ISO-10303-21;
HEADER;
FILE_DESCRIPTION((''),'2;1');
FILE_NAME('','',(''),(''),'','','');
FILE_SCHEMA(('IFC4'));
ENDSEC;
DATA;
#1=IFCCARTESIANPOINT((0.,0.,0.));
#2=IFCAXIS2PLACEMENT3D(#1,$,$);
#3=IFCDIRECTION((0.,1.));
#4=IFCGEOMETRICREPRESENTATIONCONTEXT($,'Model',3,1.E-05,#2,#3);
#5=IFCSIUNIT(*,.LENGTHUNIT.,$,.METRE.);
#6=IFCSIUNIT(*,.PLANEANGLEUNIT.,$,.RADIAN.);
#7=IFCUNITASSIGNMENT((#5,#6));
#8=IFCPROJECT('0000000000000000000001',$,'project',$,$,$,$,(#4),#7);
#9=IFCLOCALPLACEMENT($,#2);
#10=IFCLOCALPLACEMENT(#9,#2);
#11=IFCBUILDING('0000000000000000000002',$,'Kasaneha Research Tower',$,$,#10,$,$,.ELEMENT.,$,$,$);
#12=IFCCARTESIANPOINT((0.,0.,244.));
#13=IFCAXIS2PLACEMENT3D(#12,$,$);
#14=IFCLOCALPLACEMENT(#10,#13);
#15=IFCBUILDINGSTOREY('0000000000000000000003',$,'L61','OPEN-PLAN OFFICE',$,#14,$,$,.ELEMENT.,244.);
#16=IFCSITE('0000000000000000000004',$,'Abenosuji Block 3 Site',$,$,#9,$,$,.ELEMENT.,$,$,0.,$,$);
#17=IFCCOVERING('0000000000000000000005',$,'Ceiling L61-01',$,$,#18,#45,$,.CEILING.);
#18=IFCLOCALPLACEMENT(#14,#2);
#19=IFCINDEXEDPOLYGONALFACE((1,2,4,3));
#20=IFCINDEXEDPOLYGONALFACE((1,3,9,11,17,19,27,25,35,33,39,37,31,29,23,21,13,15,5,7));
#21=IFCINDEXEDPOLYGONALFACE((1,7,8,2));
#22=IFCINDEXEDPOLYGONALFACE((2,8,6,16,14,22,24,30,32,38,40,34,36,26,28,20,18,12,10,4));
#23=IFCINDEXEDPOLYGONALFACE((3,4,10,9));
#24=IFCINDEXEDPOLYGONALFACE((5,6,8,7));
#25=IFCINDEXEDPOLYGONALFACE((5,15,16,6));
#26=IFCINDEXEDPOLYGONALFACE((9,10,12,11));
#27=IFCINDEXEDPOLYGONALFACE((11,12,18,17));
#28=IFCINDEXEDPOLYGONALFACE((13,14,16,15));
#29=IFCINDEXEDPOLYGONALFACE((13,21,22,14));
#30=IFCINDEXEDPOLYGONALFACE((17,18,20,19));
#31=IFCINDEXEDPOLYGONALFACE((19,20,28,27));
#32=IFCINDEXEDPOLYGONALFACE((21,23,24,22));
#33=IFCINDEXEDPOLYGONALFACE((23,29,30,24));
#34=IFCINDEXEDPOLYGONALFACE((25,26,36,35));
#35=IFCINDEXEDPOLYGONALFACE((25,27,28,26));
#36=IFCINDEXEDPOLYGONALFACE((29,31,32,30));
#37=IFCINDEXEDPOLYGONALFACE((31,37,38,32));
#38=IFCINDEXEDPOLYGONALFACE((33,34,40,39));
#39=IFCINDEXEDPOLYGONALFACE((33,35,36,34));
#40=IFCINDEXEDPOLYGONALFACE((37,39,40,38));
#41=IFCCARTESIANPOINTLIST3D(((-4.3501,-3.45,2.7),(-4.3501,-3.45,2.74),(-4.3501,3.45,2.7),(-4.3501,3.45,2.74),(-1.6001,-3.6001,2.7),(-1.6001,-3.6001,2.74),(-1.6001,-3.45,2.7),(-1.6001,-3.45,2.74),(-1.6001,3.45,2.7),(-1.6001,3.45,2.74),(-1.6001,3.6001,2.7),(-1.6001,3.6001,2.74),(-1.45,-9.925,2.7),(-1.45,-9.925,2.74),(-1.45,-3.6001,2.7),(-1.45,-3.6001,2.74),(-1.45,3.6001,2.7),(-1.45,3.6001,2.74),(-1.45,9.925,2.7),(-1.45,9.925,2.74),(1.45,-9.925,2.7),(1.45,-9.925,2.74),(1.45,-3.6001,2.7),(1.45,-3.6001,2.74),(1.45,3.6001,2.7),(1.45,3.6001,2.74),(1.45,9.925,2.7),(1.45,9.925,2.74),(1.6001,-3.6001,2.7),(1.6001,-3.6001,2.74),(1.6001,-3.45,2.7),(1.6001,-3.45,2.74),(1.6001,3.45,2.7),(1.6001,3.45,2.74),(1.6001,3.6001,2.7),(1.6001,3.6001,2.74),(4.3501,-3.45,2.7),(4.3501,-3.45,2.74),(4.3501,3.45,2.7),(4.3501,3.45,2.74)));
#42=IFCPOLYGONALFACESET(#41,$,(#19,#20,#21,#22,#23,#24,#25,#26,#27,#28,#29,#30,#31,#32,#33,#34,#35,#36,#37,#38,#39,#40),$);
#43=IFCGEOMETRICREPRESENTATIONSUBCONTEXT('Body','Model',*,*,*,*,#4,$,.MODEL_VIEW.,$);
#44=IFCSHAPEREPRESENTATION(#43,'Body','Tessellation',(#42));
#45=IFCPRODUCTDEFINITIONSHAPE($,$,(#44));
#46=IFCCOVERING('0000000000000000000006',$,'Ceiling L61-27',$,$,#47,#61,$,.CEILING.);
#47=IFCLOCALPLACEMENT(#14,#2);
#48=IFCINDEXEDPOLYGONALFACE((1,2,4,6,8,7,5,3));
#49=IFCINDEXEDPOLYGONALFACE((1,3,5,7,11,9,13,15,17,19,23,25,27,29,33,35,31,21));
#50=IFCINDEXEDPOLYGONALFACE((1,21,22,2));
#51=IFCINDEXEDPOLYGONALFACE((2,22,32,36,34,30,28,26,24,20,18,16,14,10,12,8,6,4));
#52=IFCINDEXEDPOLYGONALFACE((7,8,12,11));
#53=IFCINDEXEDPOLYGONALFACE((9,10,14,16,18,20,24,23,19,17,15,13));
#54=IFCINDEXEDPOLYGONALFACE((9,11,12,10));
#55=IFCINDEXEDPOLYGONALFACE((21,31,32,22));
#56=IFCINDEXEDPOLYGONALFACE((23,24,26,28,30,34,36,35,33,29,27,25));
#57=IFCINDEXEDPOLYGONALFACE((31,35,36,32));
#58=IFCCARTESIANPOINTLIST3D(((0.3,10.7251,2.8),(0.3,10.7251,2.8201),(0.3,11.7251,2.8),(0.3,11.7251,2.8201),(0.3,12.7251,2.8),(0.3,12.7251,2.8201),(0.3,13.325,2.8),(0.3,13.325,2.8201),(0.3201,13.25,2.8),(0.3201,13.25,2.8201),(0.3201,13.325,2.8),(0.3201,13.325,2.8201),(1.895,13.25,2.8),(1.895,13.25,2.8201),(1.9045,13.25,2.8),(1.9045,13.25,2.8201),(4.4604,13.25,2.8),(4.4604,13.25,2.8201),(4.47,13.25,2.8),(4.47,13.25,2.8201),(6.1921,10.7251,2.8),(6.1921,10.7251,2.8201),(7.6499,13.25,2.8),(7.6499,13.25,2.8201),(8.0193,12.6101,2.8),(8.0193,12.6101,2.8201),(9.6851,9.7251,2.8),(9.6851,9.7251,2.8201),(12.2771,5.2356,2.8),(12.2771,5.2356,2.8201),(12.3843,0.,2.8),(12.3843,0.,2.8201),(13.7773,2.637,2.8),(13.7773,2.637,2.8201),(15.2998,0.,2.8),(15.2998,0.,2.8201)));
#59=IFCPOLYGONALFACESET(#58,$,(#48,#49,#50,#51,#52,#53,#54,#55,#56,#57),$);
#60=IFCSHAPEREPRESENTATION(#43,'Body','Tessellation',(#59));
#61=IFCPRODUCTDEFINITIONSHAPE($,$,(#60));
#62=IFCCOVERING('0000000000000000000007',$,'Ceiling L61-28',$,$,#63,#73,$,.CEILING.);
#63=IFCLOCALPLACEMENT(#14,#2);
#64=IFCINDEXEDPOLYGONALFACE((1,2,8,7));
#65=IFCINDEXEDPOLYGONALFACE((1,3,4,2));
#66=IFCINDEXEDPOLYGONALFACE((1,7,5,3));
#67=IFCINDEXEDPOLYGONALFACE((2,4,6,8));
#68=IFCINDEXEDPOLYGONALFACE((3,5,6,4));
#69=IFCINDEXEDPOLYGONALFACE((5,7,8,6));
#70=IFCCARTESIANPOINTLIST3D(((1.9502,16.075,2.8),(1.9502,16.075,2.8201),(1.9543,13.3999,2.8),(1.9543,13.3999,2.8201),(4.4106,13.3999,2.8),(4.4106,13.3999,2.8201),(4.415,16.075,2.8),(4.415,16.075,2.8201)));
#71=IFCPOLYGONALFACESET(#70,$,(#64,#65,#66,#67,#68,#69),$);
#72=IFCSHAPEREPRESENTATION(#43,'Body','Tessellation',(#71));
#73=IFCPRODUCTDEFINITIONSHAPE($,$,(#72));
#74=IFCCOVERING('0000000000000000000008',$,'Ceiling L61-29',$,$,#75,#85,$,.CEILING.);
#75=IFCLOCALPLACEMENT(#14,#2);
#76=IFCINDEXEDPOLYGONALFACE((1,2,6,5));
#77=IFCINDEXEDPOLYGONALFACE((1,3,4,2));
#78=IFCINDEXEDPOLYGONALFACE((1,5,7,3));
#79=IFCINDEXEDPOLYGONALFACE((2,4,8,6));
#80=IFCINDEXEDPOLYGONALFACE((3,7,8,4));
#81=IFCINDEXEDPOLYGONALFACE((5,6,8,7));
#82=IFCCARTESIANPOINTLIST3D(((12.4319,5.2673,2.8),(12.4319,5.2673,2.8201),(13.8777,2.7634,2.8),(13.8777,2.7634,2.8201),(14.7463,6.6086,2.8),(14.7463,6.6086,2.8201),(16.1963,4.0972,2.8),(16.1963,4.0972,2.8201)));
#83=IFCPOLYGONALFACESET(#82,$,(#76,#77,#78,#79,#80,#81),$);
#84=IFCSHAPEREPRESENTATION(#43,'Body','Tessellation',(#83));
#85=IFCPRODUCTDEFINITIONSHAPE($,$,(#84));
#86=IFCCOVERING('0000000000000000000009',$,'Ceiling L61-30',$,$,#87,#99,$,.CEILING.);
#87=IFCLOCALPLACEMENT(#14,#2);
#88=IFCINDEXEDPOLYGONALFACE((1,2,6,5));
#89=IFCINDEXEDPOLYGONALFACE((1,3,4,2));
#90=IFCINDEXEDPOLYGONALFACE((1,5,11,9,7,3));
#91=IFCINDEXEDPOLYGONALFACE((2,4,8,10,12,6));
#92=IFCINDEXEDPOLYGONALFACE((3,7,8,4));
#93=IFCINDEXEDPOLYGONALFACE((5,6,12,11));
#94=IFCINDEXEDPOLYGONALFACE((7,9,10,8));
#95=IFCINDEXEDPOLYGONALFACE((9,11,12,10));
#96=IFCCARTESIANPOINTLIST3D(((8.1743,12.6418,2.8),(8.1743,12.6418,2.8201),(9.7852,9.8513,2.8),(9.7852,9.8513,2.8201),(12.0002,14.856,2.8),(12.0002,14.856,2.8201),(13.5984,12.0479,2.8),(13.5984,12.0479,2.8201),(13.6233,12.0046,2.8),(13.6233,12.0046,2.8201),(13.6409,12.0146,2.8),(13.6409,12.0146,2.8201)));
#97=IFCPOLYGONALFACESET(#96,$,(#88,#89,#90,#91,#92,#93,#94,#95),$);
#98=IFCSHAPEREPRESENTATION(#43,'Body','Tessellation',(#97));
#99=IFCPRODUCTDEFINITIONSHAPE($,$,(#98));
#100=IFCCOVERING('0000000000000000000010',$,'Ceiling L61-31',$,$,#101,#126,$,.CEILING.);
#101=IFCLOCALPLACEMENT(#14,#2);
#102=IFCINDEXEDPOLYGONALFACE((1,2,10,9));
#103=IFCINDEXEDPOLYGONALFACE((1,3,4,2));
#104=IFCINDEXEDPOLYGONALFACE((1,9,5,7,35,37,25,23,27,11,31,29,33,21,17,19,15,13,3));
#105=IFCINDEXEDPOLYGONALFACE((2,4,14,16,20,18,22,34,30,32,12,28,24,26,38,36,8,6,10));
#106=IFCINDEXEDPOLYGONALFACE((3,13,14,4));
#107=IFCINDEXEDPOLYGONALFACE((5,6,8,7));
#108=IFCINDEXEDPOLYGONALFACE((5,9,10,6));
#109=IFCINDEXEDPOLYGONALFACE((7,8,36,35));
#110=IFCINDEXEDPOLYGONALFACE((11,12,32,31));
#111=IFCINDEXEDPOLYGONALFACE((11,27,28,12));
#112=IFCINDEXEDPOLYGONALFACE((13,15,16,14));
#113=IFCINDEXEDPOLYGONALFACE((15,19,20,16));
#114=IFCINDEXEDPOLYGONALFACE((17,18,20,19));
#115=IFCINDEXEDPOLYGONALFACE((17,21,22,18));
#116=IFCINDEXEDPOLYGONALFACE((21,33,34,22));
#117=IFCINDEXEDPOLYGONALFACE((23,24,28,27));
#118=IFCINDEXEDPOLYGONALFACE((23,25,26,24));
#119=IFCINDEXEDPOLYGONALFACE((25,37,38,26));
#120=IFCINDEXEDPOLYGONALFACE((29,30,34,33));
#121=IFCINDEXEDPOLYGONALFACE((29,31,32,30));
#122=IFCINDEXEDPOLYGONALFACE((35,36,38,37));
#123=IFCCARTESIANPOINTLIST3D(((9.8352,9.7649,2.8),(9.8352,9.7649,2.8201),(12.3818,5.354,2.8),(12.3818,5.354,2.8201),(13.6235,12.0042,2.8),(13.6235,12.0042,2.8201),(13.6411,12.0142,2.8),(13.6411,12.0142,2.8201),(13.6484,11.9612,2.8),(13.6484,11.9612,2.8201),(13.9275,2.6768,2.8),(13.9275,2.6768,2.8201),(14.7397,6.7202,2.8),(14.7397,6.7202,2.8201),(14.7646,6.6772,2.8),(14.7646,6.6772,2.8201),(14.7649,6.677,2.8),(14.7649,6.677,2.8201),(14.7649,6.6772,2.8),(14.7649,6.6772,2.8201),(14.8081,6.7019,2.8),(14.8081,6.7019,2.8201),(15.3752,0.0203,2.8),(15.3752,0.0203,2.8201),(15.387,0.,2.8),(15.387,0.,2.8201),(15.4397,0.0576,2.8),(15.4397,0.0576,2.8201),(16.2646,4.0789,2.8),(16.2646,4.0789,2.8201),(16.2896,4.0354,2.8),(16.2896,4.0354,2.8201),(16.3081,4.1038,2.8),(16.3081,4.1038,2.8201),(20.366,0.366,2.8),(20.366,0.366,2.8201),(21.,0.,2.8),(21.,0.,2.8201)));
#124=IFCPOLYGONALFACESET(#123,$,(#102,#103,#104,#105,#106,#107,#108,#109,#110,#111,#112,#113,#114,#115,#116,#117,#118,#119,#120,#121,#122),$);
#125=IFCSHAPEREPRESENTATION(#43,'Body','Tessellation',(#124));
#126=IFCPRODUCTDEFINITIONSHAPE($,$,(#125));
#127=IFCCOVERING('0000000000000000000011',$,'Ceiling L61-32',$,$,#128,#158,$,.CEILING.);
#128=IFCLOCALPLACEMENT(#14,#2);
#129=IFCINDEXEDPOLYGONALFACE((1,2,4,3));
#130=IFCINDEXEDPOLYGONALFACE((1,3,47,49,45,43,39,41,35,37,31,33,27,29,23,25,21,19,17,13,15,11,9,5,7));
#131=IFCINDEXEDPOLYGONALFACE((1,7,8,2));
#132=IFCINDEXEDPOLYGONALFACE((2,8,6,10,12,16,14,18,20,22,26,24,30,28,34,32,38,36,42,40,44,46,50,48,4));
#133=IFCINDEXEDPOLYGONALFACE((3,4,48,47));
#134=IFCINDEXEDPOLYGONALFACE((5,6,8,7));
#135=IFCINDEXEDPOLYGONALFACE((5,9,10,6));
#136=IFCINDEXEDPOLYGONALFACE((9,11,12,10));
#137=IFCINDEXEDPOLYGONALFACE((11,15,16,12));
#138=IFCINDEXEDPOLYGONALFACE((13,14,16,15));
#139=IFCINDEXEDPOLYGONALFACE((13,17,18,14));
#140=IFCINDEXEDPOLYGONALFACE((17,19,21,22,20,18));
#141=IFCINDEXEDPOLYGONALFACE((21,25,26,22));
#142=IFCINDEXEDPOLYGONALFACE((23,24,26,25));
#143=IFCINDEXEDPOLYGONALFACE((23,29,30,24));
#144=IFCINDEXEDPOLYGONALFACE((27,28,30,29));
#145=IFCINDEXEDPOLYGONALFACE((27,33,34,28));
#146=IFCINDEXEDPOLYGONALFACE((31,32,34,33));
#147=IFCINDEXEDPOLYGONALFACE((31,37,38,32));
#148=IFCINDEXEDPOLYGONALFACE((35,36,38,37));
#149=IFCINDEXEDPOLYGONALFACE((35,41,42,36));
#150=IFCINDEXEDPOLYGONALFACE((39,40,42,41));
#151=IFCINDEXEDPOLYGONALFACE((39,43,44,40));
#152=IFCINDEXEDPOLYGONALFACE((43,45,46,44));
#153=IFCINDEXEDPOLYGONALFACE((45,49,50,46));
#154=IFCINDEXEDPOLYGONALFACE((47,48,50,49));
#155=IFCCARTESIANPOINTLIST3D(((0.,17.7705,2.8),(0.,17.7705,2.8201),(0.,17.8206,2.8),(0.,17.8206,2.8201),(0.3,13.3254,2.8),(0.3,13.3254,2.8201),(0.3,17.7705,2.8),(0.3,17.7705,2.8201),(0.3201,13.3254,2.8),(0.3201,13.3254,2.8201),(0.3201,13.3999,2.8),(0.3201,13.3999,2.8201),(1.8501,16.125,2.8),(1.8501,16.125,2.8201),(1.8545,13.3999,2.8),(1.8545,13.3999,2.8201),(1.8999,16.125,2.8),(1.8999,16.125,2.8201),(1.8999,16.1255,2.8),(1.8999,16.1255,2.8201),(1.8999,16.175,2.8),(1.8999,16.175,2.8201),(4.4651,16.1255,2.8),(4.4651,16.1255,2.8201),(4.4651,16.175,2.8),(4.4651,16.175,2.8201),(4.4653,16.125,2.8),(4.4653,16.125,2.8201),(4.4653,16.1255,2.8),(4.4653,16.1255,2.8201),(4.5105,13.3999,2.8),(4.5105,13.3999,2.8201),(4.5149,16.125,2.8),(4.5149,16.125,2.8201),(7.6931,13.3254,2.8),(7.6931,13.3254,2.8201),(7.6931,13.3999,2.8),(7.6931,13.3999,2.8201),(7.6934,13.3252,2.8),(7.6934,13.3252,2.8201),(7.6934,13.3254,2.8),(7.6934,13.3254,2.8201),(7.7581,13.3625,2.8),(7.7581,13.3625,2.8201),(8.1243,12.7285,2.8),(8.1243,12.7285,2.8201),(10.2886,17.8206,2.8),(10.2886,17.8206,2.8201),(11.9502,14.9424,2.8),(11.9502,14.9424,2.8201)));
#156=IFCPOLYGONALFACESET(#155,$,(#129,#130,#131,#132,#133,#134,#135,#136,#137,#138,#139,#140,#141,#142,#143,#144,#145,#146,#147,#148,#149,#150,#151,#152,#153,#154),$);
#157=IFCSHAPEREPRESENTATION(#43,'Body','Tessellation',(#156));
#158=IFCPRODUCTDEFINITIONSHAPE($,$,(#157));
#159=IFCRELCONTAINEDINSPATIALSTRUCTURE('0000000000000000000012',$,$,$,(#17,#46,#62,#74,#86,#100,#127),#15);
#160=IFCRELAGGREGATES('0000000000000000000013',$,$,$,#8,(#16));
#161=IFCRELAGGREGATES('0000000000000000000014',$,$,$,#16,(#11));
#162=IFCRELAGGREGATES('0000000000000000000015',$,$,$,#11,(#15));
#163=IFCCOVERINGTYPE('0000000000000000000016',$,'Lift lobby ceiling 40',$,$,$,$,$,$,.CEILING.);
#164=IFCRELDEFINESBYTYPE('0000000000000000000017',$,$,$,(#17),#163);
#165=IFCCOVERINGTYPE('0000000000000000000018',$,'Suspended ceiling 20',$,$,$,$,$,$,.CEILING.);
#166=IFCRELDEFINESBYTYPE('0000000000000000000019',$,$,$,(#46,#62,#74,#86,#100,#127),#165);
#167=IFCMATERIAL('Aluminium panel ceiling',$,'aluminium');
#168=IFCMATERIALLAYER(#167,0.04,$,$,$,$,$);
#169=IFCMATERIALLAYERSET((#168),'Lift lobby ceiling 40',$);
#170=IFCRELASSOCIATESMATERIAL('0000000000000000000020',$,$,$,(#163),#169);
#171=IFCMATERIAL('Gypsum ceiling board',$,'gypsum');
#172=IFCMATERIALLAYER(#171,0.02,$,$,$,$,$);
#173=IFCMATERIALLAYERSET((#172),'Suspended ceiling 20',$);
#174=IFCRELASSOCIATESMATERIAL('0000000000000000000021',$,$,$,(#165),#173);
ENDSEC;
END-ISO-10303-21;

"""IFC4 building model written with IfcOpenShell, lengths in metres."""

from ifc_helpers import new_model, si_unit, direction, frame, origin, place, context, subcontext, project, spatial, polyline, outline, extrude, material, layer, layer_set, type_object, element, save


model = new_model("IFC4")

# Units and contexts
model_context = context("Model", 3, precision=1e-05, world=origin(), true_north=direction((0.0, 1.0)))
body_context = subcontext(model_context, "Body", "Model", "MODEL_VIEW")
ifc_project = project(units=[si_unit("LENGTHUNIT", "METRE"), si_unit("PLANEANGLEUNIT", "RADIAN")], contexts=[model_context])

# Site, building, storey
site_placement = place(None, origin())
site = spatial("IfcSite", under=ifc_project, at=site_placement, Name="Abenosuji Block 3 Site", CompositionType="ELEMENT", RefElevation=0.0)
building_placement = place(site_placement, origin())
building = spatial("IfcBuilding", under=site, at=building_placement, Name="Kasaneha Research Tower", CompositionType="ELEMENT")
storey_placement = place(building_placement, frame((0.0, 0.0, 244.0)))
storey = spatial("IfcBuildingStorey", under=building, at=storey_placement, Name="L61", Description="OPEN-PLAN OFFICE", CompositionType="ELEMENT", Elevation=244.0)

# Coverings
ifc_material_1 = material(Name="Aluminium panel ceiling", Category="aluminium")
ifc_layer_1 = layer(ifc_material_1, 0.04)
ifc_layer_set_1 = layer_set([ifc_layer_1], Name="Lift lobby ceiling 40")
covering_type_1 = type_object("IfcCoveringType", Name="Lift lobby ceiling 40", PredefinedType="CEILING", material=ifc_layer_set_1)
covering_1_placement = place(storey_placement, frame((0.0, 0.0, 2.7)))
element("IfcCovering", 1, at=covering_1_placement, inside=storey, type_object=covering_type_1, Name="Ceiling L61-01", PredefinedType="CEILING", context=body_context, shape_type="SweptSolid", body=[
    extrude(outline(polyline([(1.45, 9.925), (1.45, 3.6001), (1.6001, 3.6001), (1.6001, 3.45), (4.3501, 3.45), (4.3501, -3.45), (1.6001, -3.45), (1.6001, -3.6001), (1.45, -3.6001), (1.45, -9.925), (-1.45, -9.925), (-1.45, -3.6001), (-1.6001, -3.6001), (-1.6001, -3.45), (-4.3501, -3.45), (-4.3501, 3.45), (-1.6001, 3.45), (-1.6001, 3.6001), (-1.45, 3.6001), (-1.45, 9.925), (1.45, 9.925)])), origin(), (0.0, 0.0, 1.0), 0.04),
])
ifc_material_2 = material(Name="Gypsum ceiling board", Category="gypsum")
ifc_layer_2 = layer(ifc_material_2, 0.02)
ifc_layer_set_2 = layer_set([ifc_layer_2], Name="Suspended ceiling 20")
covering_type_2 = type_object("IfcCoveringType", Name="Suspended ceiling 20", PredefinedType="CEILING", material=ifc_layer_set_2)
covering_2_placement = place(storey_placement, frame((0.0, 0.0, 2.8)))
element("IfcCovering", 2, at=covering_2_placement, inside=storey, type_object=covering_type_2, Name="Ceiling L61-27", PredefinedType="CEILING", context=body_context, shape_type="SweptSolid", body=[
    extrude(outline(polyline([(6.1921, 10.7251), (0.3, 10.7251), (0.3, 11.7251), (0.3, 12.7251), (0.3, 13.325), (0.3201, 13.325), (0.3201, 13.25), (1.895, 13.25), (1.9045, 13.25), (4.4604, 13.25), (4.47, 13.25), (7.6499, 13.25), (8.0193, 12.6101), (8.0193, 12.6101), (9.6851, 9.7251), (9.6851, 9.7251), (12.2771, 5.2356), (12.2771, 5.2356), (13.7773, 2.637), (13.7773, 2.637), (15.2998, 0.0), (12.3843, 0.0), (6.1921, 10.7251)])), origin(), (0.0, 0.0, 1.0), 0.02),
])
covering_3_placement = place(storey_placement, frame((0.0, 0.0, 2.8)))
element("IfcCovering", 3, at=covering_3_placement, inside=storey, type_object=covering_type_2, Name="Ceiling L61-28", PredefinedType="CEILING", context=body_context, shape_type="SweptSolid", body=[
    extrude(outline(polyline([(4.415, 16.075), (4.4106, 13.3999), (1.9543, 13.3999), (1.9502, 16.075), (4.415, 16.075)])), origin(), (0.0, 0.0, 1.0), 0.02),
])
covering_4_placement = place(storey_placement, frame((0.0, 0.0, 2.8)))
element("IfcCovering", 4, at=covering_4_placement, inside=storey, type_object=covering_type_2, Name="Ceiling L61-29", PredefinedType="CEILING", context=body_context, shape_type="SweptSolid", body=[
    extrude(outline(polyline([(16.1963, 4.0972), (13.8777, 2.7634), (12.4319, 5.2673), (14.7463, 6.6086), (16.1963, 4.0972)])), origin(), (0.0, 0.0, 1.0), 0.02),
])
covering_5_placement = place(storey_placement, frame((0.0, 0.0, 2.8)))
element("IfcCovering", 5, at=covering_5_placement, inside=storey, type_object=covering_type_2, Name="Ceiling L61-30", PredefinedType="CEILING", context=body_context, shape_type="SweptSolid", body=[
    extrude(outline(polyline([(13.6233, 12.0046), (13.5984, 12.0479), (9.7852, 9.8513), (8.1743, 12.6418), (12.0002, 14.856), (13.6409, 12.0146), (13.6233, 12.0046)])), origin(), (0.0, 0.0, 1.0), 0.02),
])
covering_6_placement = place(storey_placement, frame((0.0, 0.0, 2.8)))
element("IfcCovering", 6, at=covering_6_placement, inside=storey, type_object=covering_type_2, Name="Ceiling L61-31", PredefinedType="CEILING", context=body_context, shape_type="SweptSolid", body=[
    extrude(outline(polyline([(15.3752, 0.0203), (15.4397, 0.0576), (13.9275, 2.6768), (16.2896, 4.0354), (16.2646, 4.0789), (16.3081, 4.1038), (14.8081, 6.7019), (14.7649, 6.677), (14.7649, 6.6772), (14.7646, 6.6772), (14.7397, 6.7202), (12.3818, 5.354), (9.8352, 9.7649), (13.6484, 11.9612), (13.6235, 12.0042), (13.6411, 12.0142), (20.366, 0.366), (21.0, 0.0), (15.387, 0.0), (15.3752, 0.0203)])), origin(), (0.0, 0.0, 1.0), 0.02),
])
covering_7_placement = place(storey_placement, frame((0.0, 0.0, 2.8)))
element("IfcCovering", 7, at=covering_7_placement, inside=storey, type_object=covering_type_2, Name="Ceiling L61-32", PredefinedType="CEILING", context=body_context, shape_type="SweptSolid", body=[
    extrude(outline(polyline([(10.2886, 17.8206), (11.9502, 14.9424), (8.1243, 12.7285), (7.7581, 13.3625), (7.6934, 13.3252), (7.6934, 13.3254), (7.6931, 13.3254), (7.6931, 13.3999), (4.5105, 13.3999), (4.5149, 16.125), (4.4653, 16.125), (4.4653, 16.1255), (4.4651, 16.1255), (4.4651, 16.175), (1.8999, 16.175), (1.8999, 16.1255), (1.8999, 16.1255), (1.8999, 16.125), (1.8501, 16.125), (1.8545, 13.3999), (0.3201, 13.3999), (0.3201, 13.3254), (0.3, 13.3254), (0.3, 17.7705), (0.3, 17.7705), (0.0, 17.7705), (0.0, 17.8206), (10.2886, 17.8206)])), origin(), (0.0, 0.0, 1.0), 0.02),
])

save(model, "model.ifc")
